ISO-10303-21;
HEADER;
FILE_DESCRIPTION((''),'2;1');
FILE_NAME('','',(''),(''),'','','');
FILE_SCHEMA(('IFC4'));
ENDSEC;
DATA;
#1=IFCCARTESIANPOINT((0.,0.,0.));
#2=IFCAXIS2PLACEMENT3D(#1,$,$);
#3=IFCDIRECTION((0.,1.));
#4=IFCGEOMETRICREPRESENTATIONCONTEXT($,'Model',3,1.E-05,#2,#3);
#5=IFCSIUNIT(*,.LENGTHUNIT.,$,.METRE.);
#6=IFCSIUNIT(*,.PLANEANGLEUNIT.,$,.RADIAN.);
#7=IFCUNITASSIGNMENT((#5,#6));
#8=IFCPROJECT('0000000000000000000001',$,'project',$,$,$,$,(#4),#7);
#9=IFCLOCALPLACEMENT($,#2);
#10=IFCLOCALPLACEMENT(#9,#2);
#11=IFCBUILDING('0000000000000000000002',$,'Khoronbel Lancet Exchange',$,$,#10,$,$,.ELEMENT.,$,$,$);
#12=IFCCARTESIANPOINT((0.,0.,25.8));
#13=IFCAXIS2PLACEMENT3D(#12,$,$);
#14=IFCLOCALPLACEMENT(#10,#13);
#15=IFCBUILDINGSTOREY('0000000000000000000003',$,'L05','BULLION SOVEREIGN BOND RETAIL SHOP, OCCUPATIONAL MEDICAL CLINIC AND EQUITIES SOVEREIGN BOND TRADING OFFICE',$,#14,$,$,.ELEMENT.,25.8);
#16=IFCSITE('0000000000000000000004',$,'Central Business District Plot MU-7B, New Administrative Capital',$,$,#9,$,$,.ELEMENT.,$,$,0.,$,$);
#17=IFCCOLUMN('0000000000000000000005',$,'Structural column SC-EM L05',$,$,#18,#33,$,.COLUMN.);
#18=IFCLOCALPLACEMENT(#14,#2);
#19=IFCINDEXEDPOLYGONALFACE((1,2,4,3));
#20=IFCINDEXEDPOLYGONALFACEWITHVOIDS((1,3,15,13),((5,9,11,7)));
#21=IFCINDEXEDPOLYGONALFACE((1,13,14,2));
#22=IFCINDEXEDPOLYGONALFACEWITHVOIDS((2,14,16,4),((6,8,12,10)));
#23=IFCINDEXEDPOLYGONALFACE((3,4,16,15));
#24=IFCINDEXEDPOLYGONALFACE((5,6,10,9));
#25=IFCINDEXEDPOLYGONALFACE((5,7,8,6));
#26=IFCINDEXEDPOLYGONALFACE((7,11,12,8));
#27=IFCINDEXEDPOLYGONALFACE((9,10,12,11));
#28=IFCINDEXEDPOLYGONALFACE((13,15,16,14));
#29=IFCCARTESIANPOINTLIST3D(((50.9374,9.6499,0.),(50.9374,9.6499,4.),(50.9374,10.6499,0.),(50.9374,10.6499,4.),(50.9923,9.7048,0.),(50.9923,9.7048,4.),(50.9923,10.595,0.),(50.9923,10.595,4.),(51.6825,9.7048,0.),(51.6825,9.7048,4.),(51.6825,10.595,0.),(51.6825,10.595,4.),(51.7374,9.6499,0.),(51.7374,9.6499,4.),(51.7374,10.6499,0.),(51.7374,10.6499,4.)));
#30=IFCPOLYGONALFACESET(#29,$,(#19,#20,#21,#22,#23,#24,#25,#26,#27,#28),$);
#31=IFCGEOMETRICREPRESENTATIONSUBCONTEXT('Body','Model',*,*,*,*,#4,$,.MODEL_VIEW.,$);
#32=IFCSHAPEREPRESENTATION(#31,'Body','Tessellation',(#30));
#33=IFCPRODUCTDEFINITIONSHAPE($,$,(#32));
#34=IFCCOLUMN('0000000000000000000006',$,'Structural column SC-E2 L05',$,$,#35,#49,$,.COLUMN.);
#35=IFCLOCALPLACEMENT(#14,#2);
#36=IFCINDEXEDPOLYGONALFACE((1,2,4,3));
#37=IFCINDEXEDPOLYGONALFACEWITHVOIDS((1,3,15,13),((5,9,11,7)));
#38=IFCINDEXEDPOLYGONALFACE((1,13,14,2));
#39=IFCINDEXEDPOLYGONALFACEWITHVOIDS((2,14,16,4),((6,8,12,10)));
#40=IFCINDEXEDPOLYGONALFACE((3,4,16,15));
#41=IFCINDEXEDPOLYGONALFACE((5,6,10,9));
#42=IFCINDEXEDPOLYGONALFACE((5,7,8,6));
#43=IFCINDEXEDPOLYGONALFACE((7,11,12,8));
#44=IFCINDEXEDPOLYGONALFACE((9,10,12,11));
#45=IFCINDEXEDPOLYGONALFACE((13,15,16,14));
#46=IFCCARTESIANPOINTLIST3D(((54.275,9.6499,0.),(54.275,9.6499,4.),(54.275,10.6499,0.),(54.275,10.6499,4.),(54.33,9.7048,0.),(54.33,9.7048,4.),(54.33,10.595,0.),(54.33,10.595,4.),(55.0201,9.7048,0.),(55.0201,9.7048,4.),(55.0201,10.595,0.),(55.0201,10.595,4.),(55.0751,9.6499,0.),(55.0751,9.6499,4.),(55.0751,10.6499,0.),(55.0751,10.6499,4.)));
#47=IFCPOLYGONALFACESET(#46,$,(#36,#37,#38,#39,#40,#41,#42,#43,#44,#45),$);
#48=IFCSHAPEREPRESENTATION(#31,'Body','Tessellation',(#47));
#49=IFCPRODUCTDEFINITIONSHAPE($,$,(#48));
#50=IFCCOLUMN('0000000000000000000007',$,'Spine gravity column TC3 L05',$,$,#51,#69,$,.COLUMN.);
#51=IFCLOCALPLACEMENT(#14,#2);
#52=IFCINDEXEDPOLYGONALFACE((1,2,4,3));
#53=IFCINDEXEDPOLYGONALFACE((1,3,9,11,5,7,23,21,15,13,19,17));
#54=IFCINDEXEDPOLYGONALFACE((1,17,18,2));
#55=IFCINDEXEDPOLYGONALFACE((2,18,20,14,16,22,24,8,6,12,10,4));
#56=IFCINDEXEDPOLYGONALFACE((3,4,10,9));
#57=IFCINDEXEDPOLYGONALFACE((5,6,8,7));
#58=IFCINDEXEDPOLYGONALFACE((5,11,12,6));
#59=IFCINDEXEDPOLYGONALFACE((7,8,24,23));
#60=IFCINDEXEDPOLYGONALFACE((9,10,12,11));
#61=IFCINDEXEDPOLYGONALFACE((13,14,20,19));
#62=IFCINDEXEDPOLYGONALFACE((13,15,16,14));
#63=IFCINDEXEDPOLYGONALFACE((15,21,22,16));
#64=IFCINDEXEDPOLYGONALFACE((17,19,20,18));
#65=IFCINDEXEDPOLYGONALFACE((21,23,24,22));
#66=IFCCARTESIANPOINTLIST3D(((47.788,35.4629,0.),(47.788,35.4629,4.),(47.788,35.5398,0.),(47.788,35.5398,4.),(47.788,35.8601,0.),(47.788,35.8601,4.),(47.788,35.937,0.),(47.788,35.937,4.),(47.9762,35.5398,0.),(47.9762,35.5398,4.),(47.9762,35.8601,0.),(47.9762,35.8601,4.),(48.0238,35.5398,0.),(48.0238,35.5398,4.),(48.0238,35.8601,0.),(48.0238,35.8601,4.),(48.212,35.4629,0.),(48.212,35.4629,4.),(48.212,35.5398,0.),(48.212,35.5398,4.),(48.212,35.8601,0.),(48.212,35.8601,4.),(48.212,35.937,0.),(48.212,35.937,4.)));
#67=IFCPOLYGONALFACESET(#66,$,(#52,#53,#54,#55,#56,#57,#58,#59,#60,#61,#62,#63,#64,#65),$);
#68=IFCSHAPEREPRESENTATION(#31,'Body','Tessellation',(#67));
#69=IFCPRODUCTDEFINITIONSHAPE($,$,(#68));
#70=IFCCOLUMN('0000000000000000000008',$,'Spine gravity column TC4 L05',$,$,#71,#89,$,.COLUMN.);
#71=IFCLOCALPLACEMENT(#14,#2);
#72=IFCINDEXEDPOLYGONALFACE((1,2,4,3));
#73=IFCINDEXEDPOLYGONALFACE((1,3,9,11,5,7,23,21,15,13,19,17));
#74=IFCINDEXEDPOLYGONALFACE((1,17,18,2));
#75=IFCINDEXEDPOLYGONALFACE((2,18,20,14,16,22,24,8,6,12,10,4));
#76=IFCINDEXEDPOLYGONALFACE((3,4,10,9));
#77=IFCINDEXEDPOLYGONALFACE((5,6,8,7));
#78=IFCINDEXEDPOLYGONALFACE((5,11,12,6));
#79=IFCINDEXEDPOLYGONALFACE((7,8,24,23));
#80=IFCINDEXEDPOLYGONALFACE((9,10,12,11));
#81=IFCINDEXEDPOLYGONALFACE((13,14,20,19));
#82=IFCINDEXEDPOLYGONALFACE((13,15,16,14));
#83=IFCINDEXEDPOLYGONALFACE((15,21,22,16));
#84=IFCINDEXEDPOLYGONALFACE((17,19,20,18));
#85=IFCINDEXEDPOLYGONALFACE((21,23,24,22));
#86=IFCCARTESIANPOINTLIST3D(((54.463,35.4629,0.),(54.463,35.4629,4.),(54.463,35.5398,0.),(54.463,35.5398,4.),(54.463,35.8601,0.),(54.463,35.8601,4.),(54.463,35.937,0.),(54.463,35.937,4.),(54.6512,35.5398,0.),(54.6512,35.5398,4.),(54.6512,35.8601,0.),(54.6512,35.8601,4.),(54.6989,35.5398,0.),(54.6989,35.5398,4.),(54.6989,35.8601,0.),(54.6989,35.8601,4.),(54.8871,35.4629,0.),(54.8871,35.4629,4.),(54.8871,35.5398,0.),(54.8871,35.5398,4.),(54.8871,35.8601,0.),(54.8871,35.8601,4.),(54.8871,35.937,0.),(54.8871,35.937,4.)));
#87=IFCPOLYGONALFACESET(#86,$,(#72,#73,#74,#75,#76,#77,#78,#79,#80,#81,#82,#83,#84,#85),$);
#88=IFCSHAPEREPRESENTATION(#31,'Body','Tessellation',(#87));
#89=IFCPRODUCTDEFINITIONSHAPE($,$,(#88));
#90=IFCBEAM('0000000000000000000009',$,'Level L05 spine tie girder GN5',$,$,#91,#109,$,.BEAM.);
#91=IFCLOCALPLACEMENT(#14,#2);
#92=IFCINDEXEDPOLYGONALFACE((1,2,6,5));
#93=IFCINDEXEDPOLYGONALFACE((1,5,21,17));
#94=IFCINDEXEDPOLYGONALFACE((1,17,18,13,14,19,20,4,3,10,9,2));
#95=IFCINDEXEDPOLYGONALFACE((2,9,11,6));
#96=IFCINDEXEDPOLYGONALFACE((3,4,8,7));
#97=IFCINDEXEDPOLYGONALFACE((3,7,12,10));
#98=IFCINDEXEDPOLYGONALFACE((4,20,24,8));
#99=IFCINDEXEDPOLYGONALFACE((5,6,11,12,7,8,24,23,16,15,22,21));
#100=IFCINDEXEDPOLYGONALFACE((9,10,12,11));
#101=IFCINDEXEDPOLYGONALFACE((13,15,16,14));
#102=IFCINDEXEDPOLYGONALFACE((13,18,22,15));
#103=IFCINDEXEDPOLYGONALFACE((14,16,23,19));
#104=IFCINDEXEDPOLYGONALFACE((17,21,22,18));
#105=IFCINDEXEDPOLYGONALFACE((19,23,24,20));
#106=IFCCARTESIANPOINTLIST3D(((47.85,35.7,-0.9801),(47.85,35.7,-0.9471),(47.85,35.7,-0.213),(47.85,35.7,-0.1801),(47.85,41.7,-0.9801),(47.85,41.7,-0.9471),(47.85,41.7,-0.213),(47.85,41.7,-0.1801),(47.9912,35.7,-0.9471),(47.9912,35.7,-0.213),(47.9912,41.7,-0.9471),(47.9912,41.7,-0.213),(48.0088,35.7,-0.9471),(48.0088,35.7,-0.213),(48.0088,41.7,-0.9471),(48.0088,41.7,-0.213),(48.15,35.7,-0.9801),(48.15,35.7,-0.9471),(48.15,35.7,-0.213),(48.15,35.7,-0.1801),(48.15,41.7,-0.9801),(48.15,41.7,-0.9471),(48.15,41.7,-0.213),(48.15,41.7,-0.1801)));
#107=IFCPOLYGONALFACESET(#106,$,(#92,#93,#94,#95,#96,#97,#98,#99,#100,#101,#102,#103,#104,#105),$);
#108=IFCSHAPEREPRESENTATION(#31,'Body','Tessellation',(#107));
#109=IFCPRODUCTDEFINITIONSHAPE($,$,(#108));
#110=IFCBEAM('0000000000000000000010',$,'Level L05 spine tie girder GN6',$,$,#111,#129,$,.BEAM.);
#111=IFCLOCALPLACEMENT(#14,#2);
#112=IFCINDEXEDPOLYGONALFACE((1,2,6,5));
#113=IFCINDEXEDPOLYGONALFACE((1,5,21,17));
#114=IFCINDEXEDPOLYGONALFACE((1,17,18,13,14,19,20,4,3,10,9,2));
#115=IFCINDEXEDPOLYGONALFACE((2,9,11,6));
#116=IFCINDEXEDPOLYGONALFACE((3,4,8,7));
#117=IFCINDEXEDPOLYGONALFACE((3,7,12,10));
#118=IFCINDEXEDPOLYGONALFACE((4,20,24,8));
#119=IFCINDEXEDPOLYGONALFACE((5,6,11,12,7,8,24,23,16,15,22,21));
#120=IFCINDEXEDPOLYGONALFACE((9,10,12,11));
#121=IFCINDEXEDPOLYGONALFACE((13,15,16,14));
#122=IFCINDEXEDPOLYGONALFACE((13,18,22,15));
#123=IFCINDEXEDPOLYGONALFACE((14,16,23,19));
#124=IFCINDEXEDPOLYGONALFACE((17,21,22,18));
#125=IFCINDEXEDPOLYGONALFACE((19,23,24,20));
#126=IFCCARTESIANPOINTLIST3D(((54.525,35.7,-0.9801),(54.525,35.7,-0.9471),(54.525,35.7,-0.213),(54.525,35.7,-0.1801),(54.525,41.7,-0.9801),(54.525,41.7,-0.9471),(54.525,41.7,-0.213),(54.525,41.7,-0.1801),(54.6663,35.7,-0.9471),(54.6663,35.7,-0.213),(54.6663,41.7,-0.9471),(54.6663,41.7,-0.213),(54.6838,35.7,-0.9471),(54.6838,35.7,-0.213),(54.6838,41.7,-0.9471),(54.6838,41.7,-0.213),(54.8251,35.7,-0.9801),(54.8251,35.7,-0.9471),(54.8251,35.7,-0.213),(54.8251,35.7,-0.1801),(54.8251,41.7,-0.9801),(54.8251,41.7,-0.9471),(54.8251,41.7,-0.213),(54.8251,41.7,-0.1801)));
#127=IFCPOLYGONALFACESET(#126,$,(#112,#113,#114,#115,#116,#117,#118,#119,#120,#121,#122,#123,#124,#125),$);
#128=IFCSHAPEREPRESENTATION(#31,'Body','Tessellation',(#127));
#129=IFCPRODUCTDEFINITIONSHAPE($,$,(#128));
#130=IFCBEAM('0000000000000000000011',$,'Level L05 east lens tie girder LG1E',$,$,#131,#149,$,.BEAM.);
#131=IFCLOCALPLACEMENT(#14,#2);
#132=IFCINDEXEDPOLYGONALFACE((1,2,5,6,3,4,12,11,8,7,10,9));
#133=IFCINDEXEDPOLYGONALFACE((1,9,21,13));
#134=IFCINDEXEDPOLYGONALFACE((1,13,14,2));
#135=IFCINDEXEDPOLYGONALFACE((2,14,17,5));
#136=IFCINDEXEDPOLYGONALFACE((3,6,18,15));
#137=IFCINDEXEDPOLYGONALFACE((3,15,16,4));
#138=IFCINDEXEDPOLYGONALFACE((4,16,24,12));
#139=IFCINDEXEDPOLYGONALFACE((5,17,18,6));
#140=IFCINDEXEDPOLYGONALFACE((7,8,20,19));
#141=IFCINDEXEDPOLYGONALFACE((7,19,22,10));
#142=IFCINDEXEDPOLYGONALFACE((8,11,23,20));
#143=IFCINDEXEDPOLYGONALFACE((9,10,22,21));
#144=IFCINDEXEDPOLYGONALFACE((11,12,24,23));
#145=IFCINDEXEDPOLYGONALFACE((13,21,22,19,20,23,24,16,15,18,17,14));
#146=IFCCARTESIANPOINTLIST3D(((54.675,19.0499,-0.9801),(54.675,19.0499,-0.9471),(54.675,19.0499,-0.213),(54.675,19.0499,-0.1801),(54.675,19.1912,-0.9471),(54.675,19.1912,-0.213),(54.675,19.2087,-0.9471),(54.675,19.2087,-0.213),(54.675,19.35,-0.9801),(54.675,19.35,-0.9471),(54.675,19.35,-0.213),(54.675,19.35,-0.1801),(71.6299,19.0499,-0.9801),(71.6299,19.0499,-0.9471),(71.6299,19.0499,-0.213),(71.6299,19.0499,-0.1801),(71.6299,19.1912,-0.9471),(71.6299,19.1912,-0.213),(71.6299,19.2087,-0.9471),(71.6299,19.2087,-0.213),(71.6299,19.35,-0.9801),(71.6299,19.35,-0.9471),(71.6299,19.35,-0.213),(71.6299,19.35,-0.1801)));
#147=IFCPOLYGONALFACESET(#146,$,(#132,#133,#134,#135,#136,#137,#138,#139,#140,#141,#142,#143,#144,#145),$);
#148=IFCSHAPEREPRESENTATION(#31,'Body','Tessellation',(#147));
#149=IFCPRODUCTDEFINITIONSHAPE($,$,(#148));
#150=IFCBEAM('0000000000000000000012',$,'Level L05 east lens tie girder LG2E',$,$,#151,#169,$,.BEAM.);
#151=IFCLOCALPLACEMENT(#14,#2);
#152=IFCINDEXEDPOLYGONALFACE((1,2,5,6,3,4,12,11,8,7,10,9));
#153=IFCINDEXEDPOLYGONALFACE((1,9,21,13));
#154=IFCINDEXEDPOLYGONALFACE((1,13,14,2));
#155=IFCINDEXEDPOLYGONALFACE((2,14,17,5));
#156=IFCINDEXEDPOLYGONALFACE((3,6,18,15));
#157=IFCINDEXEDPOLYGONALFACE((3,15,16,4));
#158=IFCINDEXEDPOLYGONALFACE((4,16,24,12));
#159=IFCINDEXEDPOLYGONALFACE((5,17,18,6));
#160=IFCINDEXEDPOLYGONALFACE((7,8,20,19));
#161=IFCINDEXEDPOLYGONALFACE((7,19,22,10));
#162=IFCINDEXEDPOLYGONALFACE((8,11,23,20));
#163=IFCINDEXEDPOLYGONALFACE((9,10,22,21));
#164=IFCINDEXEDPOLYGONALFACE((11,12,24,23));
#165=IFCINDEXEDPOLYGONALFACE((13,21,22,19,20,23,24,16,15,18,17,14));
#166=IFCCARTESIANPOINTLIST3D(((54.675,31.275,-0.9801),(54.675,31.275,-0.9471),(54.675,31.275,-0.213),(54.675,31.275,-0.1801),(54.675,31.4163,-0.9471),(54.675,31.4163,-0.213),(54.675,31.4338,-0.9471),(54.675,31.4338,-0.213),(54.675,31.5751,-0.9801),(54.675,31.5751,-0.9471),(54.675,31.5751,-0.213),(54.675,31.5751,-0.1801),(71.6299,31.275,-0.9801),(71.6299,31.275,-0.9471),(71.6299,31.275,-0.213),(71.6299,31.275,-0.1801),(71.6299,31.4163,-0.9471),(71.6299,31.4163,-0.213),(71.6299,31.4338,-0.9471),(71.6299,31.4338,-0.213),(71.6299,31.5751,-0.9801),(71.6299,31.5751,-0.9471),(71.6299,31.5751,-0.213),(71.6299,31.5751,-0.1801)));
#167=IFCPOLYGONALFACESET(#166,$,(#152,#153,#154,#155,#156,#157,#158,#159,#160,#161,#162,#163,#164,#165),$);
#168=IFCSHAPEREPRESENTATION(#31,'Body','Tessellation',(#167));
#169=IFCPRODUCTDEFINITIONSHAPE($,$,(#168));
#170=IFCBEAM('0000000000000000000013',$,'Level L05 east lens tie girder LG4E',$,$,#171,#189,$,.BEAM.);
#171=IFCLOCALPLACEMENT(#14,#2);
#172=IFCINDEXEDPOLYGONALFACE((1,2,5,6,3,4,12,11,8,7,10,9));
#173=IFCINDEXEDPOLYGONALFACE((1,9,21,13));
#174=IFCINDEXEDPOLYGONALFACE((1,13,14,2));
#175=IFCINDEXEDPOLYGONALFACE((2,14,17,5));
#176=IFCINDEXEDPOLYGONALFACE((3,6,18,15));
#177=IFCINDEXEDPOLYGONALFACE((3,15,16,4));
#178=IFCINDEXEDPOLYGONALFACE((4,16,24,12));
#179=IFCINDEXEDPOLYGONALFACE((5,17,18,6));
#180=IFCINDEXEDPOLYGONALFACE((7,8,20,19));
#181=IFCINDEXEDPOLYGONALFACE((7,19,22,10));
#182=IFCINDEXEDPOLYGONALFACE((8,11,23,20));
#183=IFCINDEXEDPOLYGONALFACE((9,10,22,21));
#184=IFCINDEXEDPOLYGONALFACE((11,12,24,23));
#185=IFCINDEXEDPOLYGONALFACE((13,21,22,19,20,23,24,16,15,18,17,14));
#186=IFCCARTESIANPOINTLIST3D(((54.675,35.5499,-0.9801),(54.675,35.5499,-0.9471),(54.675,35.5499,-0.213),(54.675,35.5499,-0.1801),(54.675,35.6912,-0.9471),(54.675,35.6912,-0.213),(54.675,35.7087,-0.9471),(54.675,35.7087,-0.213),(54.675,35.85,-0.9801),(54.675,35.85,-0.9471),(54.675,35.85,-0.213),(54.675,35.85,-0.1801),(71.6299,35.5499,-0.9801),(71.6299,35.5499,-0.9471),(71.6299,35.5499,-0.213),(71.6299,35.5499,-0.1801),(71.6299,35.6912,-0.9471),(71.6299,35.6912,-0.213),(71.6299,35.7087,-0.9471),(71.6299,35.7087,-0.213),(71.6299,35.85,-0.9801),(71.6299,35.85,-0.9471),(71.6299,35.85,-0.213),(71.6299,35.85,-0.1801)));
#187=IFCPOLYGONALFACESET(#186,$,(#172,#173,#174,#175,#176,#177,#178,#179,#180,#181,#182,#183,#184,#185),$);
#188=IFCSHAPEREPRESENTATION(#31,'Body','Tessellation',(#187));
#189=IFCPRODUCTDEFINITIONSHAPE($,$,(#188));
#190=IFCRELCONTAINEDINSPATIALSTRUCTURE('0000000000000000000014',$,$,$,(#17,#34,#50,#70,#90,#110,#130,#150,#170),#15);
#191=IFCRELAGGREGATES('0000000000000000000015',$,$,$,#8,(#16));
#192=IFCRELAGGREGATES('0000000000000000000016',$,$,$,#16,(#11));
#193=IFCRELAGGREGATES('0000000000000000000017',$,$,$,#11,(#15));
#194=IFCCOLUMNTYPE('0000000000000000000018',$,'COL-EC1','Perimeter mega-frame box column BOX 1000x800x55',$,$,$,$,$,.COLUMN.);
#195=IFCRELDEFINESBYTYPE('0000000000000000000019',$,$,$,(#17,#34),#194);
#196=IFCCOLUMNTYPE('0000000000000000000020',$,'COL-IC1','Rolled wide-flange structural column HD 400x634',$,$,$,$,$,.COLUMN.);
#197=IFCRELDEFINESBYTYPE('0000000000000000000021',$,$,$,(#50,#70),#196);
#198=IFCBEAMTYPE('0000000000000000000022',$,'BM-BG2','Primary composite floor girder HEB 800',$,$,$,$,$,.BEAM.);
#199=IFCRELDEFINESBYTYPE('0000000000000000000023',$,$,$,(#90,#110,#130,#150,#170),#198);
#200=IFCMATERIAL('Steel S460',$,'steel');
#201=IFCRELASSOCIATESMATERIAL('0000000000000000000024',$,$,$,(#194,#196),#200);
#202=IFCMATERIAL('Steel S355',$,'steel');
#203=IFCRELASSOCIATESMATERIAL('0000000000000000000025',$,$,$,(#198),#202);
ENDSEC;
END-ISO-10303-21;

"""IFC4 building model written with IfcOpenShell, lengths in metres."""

from ifc_helpers import new_model, si_unit, direction, frame, origin, origin_2d, place, context, subcontext, project, spatial, hollow_rectangle, i_section, extrude, material, material_profile, profile_set, type_object, element, save


model = new_model("IFC4")

# Units and contexts
model_context = context("Model", 3, precision=1e-05, world=origin(), true_north=direction((0.0, 1.0)))
body_context = subcontext(model_context, "Body", "Model", "MODEL_VIEW")
ifc_project = project(units=[si_unit("LENGTHUNIT", "METRE"), si_unit("PLANEANGLEUNIT", "RADIAN")], contexts=[model_context])

# Site, building, storey
site_placement = place(None, origin())
site = spatial("IfcSite", under=ifc_project, at=site_placement, Name="Central Business District Plot MU-7B, New Administrative Capital", CompositionType="ELEMENT", RefElevation=0.0)
building_placement = place(site_placement, origin())
building = spatial("IfcBuilding", under=site, at=building_placement, Name="Khoronbel Lancet Exchange", CompositionType="ELEMENT")
storey_placement = place(building_placement, frame((0.0, 0.0, 25.8)))
storey = spatial("IfcBuildingStorey", under=building, at=storey_placement, Name="L05", Description="BULLION SOVEREIGN BOND RETAIL SHOP, OCCUPATIONAL MEDICAL CLINIC AND EQUITIES SOVEREIGN BOND TRADING OFFICE", CompositionType="ELEMENT", Elevation=25.8)

# Columns
ifc_material_1 = material(Name="Steel S460", Category="steel")
ifc_material_profile_1 = material_profile(ifc_material_1, hollow_rectangle(XDim=0.8, YDim=1.0, WallThickness=0.0549, at=origin_2d()), Name="BOX 1000x800x55")
ifc_profile_set_1 = profile_set([ifc_material_profile_1], Name="Steel S460")
column_type_1 = type_object("IfcColumnType", Name="COL-EC1", Description="Perimeter mega-frame box column BOX 1000x800x55", PredefinedType="COLUMN", material=ifc_profile_set_1)
for number, where, z_axis, x_axis, name in (
    (1, (51.3374, 10.1499, 0.0), (0.0, 0.0, 1.0), (1.0, 0.0, 0.0), "Structural column SC-EM L05"),
    (2, (54.675, 10.1499, 0.0), (0.0, 0.0, 1.0), (1.0, 0.0, 0.0), "Structural column SC-E2 L05"),
):
    element("IfcColumn", number, at=place(storey_placement, frame(where, z_axis=z_axis, x_axis=x_axis)), inside=storey, type_object=column_type_1, Name=name, PredefinedType="COLUMN", context=body_context, shape_type="SweptSolid", body=[
        extrude(hollow_rectangle(XDim=0.8, YDim=1.0, WallThickness=0.0549, at=origin_2d()), origin(), (0.0, 0.0, 1.0), 4.0),
    ])
ifc_material_profile_2 = material_profile(ifc_material_1, i_section(OverallWidth=0.4241, OverallDepth=0.4741, WebThickness=0.0476, FlangeThickness=0.0769, at=origin_2d()), Name="HD 400x634")
ifc_profile_set_2 = profile_set([ifc_material_profile_2], Name="Steel S460")
column_type_2 = type_object("IfcColumnType", Name="COL-IC1", Description="Rolled wide-flange structural column HD 400x634", PredefinedType="COLUMN", material=ifc_profile_set_2)
for number, where, z_axis, x_axis, name in (
    (3, (48.0, 35.7, 0.0), (0.0, 0.0, 1.0), (1.0, 0.0, 0.0), "Spine gravity column TC3 L05"),
    (4, (54.675, 35.7, 0.0), (0.0, 0.0, 1.0), (1.0, 0.0, 0.0), "Spine gravity column TC4 L05"),
):
    element("IfcColumn", number, at=place(storey_placement, frame(where, z_axis=z_axis, x_axis=x_axis)), inside=storey, type_object=column_type_2, Name=name, PredefinedType="COLUMN", context=body_context, shape_type="SweptSolid", body=[
        extrude(i_section(OverallWidth=0.4241, OverallDepth=0.4741, WebThickness=0.0476, FlangeThickness=0.0769, at=origin_2d()), origin(), (0.0, 0.0, 1.0), 4.0),
    ])

# Beams
ifc_material_2 = material(Name="Steel S355", Category="steel")
ifc_material_profile_3 = material_profile(ifc_material_2, i_section(OverallWidth=0.3, OverallDepth=0.8, WebThickness=0.0176, FlangeThickness=0.033, at=origin_2d()), Name="HEB 800")
ifc_profile_set_3 = profile_set([ifc_material_profile_3], Name="Steel S355")
beam_type_1 = type_object("IfcBeamType", Name="BM-BG2", Description="Primary composite floor girder HEB 800", PredefinedType="BEAM", material=ifc_profile_set_3)
for number, where, z_axis, x_axis, name in (
    (5, (48.0, 35.7, -0.5801), (0.0, 1.0, 0.0), (-1.0, 0.0, 0.0), "Level L05 spine tie girder GN5"),
    (6, (54.675, 35.7, -0.5801), (0.0, 1.0, 0.0), (-1.0, 0.0, 0.0), "Level L05 spine tie girder GN6"),
):
    element("IfcBeam", number, at=place(storey_placement, frame(where, z_axis=z_axis, x_axis=x_axis)), inside=storey, type_object=beam_type_1, Name=name, PredefinedType="BEAM", context=body_context, shape_type="SweptSolid", body=[
        extrude(i_section(OverallWidth=0.3, OverallDepth=0.8, WebThickness=0.0176, FlangeThickness=0.033, at=origin_2d()), origin(), (0.0, 0.0, 1.0), 6.0),
    ])
for number, where, z_axis, x_axis, name in (
    (7, (54.675, 19.2, -0.5801), (1.0, 0.0, 0.0), (0.0, 1.0, 0.0), "Level L05 east lens tie girder LG1E"),
    (8, (54.675, 31.425, -0.5801), (1.0, 0.0, 0.0), (0.0, 1.0, 0.0), "Level L05 east lens tie girder LG2E"),
    (9, (54.675, 35.7, -0.5801), (1.0, 0.0, 0.0), (0.0, 1.0, 0.0), "Level L05 east lens tie girder LG4E"),
):
    element("IfcBeam", number, at=place(storey_placement, frame(where, z_axis=z_axis, x_axis=x_axis)), inside=storey, type_object=beam_type_1, Name=name, PredefinedType="BEAM", context=body_context, shape_type="SweptSolid", body=[
        extrude(i_section(OverallWidth=0.3, OverallDepth=0.8, WebThickness=0.0176, FlangeThickness=0.033, at=origin_2d()), origin(), (0.0, 0.0, 1.0), 16.9548),
    ])

save(model, "model.ifc")
